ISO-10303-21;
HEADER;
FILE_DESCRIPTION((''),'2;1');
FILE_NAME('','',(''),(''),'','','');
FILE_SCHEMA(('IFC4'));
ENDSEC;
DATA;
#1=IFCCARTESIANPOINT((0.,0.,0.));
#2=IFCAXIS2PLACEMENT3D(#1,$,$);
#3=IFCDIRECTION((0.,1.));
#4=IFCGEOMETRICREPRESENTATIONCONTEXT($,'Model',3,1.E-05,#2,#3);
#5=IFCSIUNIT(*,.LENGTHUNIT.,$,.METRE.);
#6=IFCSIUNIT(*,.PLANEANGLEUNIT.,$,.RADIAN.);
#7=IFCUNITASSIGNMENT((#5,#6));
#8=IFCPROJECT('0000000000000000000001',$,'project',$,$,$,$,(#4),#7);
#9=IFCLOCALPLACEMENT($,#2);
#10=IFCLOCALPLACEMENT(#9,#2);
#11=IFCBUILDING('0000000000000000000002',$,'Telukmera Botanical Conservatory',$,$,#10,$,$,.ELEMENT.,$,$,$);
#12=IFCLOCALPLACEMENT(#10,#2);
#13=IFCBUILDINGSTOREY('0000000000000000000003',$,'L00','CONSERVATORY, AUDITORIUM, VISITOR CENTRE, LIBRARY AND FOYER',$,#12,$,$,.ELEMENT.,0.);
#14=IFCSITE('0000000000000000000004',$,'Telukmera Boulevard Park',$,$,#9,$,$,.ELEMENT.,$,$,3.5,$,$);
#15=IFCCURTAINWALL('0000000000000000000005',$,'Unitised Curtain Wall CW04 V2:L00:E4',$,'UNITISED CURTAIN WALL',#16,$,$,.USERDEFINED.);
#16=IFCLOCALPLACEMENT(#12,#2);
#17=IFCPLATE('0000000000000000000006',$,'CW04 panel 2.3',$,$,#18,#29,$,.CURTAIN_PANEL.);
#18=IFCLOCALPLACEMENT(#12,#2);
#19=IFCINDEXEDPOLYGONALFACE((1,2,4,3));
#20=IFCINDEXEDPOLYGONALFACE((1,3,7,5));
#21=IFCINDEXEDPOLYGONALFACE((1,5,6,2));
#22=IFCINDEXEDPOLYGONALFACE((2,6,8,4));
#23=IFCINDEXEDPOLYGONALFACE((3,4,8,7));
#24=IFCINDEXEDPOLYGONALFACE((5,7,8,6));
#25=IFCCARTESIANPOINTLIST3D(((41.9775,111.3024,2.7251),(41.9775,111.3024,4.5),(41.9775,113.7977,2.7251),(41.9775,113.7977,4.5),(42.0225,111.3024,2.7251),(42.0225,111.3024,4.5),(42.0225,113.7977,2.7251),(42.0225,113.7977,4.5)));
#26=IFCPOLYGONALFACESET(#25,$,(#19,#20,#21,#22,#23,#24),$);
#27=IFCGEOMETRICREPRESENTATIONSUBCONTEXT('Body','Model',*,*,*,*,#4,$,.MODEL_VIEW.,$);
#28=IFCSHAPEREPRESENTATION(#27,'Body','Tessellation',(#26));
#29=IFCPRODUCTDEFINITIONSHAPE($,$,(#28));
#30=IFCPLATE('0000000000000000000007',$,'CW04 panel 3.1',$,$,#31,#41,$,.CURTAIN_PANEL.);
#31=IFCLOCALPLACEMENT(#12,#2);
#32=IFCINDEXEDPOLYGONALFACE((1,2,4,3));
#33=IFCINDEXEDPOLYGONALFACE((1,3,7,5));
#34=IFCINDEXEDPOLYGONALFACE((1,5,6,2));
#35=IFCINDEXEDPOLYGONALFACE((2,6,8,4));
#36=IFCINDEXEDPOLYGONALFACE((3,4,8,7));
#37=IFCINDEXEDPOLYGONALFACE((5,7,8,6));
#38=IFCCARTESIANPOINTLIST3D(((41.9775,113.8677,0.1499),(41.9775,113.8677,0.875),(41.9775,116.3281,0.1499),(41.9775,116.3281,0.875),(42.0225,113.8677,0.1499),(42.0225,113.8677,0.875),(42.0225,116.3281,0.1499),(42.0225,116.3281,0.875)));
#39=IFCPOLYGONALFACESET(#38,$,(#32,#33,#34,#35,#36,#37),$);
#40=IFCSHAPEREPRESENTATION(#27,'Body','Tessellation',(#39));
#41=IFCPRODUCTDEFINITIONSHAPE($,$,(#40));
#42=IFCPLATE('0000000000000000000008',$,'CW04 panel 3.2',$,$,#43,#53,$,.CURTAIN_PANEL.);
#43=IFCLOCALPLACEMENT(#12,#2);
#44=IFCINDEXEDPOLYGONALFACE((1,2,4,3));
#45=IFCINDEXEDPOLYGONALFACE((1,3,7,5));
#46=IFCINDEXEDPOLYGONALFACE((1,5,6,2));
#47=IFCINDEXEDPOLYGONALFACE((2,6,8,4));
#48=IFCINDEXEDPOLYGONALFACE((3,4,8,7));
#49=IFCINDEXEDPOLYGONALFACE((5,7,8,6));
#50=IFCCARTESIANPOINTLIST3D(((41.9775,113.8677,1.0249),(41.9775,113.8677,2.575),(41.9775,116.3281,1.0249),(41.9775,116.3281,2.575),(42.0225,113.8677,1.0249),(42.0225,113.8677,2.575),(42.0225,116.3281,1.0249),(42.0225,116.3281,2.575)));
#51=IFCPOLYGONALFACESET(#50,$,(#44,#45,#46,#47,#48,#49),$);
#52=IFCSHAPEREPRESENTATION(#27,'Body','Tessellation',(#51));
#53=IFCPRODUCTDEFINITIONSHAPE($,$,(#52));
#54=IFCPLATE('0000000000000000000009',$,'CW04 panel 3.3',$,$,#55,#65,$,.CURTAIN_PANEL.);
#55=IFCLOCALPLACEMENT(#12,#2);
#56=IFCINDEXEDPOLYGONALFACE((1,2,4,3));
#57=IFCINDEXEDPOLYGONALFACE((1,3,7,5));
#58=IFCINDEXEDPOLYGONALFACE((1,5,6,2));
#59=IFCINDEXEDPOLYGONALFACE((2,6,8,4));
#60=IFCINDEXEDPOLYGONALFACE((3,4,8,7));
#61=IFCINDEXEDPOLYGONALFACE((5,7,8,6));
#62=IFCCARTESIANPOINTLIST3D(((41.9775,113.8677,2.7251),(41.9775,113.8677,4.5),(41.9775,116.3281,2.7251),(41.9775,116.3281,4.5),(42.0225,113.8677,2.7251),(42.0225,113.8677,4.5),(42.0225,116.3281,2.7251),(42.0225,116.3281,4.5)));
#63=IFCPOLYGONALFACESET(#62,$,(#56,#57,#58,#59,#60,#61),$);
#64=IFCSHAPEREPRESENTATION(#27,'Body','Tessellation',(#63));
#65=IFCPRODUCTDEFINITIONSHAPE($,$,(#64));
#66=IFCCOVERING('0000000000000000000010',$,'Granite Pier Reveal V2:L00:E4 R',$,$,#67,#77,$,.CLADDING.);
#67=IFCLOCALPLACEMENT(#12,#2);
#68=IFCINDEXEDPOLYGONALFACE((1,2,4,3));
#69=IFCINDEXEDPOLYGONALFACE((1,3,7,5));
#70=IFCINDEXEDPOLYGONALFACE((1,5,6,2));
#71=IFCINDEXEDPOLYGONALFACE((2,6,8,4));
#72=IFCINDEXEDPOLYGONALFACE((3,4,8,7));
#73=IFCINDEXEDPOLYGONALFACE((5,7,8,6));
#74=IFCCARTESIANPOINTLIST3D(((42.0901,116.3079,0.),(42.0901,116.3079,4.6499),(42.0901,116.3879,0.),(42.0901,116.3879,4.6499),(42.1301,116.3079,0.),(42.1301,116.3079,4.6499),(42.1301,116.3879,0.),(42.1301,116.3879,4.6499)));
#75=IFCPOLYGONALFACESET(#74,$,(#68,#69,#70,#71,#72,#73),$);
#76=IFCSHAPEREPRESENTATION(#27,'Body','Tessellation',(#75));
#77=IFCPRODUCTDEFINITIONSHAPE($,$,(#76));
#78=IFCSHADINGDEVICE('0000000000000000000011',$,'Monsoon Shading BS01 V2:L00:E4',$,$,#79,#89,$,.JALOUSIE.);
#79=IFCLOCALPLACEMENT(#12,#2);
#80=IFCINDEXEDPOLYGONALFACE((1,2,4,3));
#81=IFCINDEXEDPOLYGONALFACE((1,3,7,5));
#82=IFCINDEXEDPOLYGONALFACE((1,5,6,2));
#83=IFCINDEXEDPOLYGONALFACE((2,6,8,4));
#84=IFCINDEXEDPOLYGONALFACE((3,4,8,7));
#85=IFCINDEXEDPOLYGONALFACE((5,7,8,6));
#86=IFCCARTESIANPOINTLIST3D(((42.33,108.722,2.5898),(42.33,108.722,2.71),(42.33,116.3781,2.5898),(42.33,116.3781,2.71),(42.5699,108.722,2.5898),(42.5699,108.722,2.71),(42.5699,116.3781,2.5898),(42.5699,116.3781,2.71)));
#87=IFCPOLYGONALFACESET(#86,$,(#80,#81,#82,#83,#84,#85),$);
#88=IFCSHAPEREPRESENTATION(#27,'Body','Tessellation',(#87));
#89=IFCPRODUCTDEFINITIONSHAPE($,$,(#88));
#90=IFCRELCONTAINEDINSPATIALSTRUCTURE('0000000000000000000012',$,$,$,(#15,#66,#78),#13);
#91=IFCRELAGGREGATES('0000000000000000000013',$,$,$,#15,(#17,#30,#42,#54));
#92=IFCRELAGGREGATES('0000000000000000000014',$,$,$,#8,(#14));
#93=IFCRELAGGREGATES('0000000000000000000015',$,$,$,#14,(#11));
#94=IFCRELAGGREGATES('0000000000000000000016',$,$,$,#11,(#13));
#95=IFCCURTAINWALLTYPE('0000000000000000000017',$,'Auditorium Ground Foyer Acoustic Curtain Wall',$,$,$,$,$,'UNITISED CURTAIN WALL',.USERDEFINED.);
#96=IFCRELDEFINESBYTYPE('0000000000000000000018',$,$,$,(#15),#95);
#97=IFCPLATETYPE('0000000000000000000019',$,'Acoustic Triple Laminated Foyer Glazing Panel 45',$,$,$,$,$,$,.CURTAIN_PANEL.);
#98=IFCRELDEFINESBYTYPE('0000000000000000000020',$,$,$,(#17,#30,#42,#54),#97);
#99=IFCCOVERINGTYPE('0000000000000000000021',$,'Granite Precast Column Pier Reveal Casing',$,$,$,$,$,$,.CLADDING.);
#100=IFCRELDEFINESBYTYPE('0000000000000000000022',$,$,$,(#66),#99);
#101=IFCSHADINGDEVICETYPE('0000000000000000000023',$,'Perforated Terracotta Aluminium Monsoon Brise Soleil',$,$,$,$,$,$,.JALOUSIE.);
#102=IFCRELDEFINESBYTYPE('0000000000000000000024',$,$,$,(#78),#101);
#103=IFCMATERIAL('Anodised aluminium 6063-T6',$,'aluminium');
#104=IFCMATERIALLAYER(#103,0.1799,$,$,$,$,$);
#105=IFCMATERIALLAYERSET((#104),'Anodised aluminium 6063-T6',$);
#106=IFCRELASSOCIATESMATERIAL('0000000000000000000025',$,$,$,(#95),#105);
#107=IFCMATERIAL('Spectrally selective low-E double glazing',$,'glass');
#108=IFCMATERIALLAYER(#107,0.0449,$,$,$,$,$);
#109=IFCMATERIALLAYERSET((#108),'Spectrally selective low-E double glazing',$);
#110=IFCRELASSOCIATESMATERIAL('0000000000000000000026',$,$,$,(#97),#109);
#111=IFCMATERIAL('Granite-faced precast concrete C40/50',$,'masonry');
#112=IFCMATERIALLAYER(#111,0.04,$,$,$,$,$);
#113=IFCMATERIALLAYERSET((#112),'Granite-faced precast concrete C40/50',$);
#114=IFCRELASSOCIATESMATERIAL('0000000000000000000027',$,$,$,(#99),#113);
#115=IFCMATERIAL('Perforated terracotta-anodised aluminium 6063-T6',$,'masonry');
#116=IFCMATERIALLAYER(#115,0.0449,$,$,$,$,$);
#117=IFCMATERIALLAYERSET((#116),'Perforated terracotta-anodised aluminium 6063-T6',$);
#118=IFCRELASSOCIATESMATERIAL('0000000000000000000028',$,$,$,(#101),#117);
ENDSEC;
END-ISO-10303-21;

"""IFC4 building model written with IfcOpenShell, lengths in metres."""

from ifc_helpers import new_model, si_unit, direction, frame, origin, origin_2d, place, context, subcontext, project, spatial, rectangle, extrude, material, layer, layer_set, type_object, element, aggregate, save


model = new_model("IFC4")

# Units and contexts
model_context = context("Model", 3, precision=1e-05, world=origin(), true_north=direction((0.0, 1.0)))
body_context = subcontext(model_context, "Body", "Model", "MODEL_VIEW")
ifc_project = project(units=[si_unit("LENGTHUNIT", "METRE"), si_unit("PLANEANGLEUNIT", "RADIAN")], contexts=[model_context])

# Site, building, storey
site_placement = place(None, origin())
site = spatial("IfcSite", under=ifc_project, at=site_placement, Name="Telukmera Boulevard Park", CompositionType="ELEMENT", RefElevation=3.5)
building_placement = place(site_placement, origin())
building = spatial("IfcBuilding", under=site, at=building_placement, Name="Telukmera Botanical Conservatory", CompositionType="ELEMENT")
storey_placement = place(building_placement, origin())
storey = spatial("IfcBuildingStorey", under=building, at=storey_placement, Name="L00", Description="CONSERVATORY, AUDITORIUM, VISITOR CENTRE, LIBRARY AND FOYER", CompositionType="ELEMENT", Elevation=0.0)

# Curtain wall, plates
ifc_material_1 = material(Name="Anodised aluminium 6063-T6", Category="aluminium")
ifc_layer_1 = layer(ifc_material_1, 0.1799)
ifc_layer_set_1 = layer_set([ifc_layer_1], Name="Anodised aluminium 6063-T6")
curtain_wall_type = type_object("IfcCurtainWallType", Name="Auditorium Ground Foyer Acoustic Curtain Wall", ElementType="UNITISED CURTAIN WALL", PredefinedType="USERDEFINED", material=ifc_layer_set_1)
curtain_wall_placement = place(storey_placement, origin())
curtain_wall = element("IfcCurtainWall", 1, at=curtain_wall_placement, inside=storey, type_object=curtain_wall_type, Name="Unitised Curtain Wall CW04 V2:L00:E4", ObjectType="UNITISED CURTAIN WALL", PredefinedType="USERDEFINED")
ifc_material_2 = material(Name="Spectrally selective low-E double glazing", Category="glass")
ifc_layer_2 = layer(ifc_material_2, 0.0449)
ifc_layer_set_2 = layer_set([ifc_layer_2], Name="Spectrally selective low-E double glazing")
plate_type = type_object("IfcPlateType", Name="Acoustic Triple Laminated Foyer Glazing Panel 45", PredefinedType="CURTAIN_PANEL", material=ifc_layer_set_2)
plate_1_placement = place(storey_placement, frame((42.0, 112.55, 2.7251), z_axis=(0.0, 0.0, 1.0), x_axis=(0.0, 1.0, 0.0)))
plate_1 = element("IfcPlate", 2, at=plate_1_placement, type_object=plate_type, Name="CW04 panel 2.3", PredefinedType="CURTAIN_PANEL", context=body_context, shape_type="SweptSolid", body=[
    extrude(rectangle(XDim=2.4954, YDim=0.0449, at=origin_2d()), origin(), (0.0, 0.0, 1.0), 1.7749),
])
plate_2_placement = place(storey_placement, frame((42.0, 115.0979, 0.1499), z_axis=(0.0, 0.0, 1.0), x_axis=(0.0, 1.0, 0.0)))
plate_2 = element("IfcPlate", 3, at=plate_2_placement, type_object=plate_type, Name="CW04 panel 3.1", PredefinedType="CURTAIN_PANEL", context=body_context, shape_type="SweptSolid", body=[
    extrude(rectangle(XDim=2.4604, YDim=0.0449, at=origin_2d()), origin(), (0.0, 0.0, 1.0), 0.7251),
])
plate_3_placement = place(storey_placement, frame((42.0, 115.0979, 1.0249), z_axis=(0.0, 0.0, 1.0), x_axis=(0.0, 1.0, 0.0)))
plate_3 = element("IfcPlate", 4, at=plate_3_placement, type_object=plate_type, Name="CW04 panel 3.2", PredefinedType="CURTAIN_PANEL", context=body_context, shape_type="SweptSolid", body=[
    extrude(rectangle(XDim=2.4604, YDim=0.0449, at=origin_2d()), origin(), (0.0, 0.0, 1.0), 1.55),
])
plate_4_placement = place(storey_placement, frame((42.0, 115.0979, 2.7251), z_axis=(0.0, 0.0, 1.0), x_axis=(0.0, 1.0, 0.0)))
plate_4 = element("IfcPlate", 5, at=plate_4_placement, type_object=plate_type, Name="CW04 panel 3.3", PredefinedType="CURTAIN_PANEL", context=body_context, shape_type="SweptSolid", body=[
    extrude(rectangle(XDim=2.4604, YDim=0.0449, at=origin_2d()), origin(), (0.0, 0.0, 1.0), 1.7749),
])
aggregate(curtain_wall, [plate_1, plate_2, plate_3, plate_4])

# Covering
ifc_material_3 = material(Name="Granite-faced precast concrete C40/50", Category="masonry")
ifc_layer_3 = layer(ifc_material_3, 0.04)
ifc_layer_set_3 = layer_set([ifc_layer_3], Name="Granite-faced precast concrete C40/50")
covering_type = type_object("IfcCoveringType", Name="Granite Precast Column Pier Reveal Casing", PredefinedType="CLADDING", material=ifc_layer_set_3)
covering_placement = place(storey_placement, frame((42.1101, 116.3479, 0.0), z_axis=(0.0, 0.0, 1.0), x_axis=(0.0, 1.0, 0.0)))
element("IfcCovering", 6, at=covering_placement, inside=storey, type_object=covering_type, Name="Granite Pier Reveal V2:L00:E4 R", PredefinedType="CLADDING", context=body_context, shape_type="SweptSolid", body=[
    extrude(rectangle(XDim=0.0801, YDim=0.04, at=origin_2d()), origin(), (0.0, 0.0, 1.0), 4.6499),
])

# Shading device
ifc_material_4 = material(Name="Perforated terracotta-anodised aluminium 6063-T6", Category="masonry")
ifc_layer_4 = layer(ifc_material_4, 0.0449)
ifc_layer_set_4 = layer_set([ifc_layer_4], Name="Perforated terracotta-anodised aluminium 6063-T6")
shading_device_type = type_object("IfcShadingDeviceType", Name="Perforated Terracotta Aluminium Monsoon Brise Soleil", PredefinedType="JALOUSIE", material=ifc_layer_set_4)
shading_device_placement = place(storey_placement, frame((42.45, 112.55, 2.5898), z_axis=(0.0, 0.0, 1.0), x_axis=(0.0, 1.0, 0.0)))
element("IfcShadingDevice", 7, at=shading_device_placement, inside=storey, type_object=shading_device_type, Name="Monsoon Shading BS01 V2:L00:E4", PredefinedType="JALOUSIE", context=body_context, shape_type="SweptSolid", body=[
    extrude(rectangle(XDim=7.656, YDim=0.24, at=origin_2d()), origin(), (0.0, 0.0, 1.0), 0.1201),
])

save(model, "model.ifc")
